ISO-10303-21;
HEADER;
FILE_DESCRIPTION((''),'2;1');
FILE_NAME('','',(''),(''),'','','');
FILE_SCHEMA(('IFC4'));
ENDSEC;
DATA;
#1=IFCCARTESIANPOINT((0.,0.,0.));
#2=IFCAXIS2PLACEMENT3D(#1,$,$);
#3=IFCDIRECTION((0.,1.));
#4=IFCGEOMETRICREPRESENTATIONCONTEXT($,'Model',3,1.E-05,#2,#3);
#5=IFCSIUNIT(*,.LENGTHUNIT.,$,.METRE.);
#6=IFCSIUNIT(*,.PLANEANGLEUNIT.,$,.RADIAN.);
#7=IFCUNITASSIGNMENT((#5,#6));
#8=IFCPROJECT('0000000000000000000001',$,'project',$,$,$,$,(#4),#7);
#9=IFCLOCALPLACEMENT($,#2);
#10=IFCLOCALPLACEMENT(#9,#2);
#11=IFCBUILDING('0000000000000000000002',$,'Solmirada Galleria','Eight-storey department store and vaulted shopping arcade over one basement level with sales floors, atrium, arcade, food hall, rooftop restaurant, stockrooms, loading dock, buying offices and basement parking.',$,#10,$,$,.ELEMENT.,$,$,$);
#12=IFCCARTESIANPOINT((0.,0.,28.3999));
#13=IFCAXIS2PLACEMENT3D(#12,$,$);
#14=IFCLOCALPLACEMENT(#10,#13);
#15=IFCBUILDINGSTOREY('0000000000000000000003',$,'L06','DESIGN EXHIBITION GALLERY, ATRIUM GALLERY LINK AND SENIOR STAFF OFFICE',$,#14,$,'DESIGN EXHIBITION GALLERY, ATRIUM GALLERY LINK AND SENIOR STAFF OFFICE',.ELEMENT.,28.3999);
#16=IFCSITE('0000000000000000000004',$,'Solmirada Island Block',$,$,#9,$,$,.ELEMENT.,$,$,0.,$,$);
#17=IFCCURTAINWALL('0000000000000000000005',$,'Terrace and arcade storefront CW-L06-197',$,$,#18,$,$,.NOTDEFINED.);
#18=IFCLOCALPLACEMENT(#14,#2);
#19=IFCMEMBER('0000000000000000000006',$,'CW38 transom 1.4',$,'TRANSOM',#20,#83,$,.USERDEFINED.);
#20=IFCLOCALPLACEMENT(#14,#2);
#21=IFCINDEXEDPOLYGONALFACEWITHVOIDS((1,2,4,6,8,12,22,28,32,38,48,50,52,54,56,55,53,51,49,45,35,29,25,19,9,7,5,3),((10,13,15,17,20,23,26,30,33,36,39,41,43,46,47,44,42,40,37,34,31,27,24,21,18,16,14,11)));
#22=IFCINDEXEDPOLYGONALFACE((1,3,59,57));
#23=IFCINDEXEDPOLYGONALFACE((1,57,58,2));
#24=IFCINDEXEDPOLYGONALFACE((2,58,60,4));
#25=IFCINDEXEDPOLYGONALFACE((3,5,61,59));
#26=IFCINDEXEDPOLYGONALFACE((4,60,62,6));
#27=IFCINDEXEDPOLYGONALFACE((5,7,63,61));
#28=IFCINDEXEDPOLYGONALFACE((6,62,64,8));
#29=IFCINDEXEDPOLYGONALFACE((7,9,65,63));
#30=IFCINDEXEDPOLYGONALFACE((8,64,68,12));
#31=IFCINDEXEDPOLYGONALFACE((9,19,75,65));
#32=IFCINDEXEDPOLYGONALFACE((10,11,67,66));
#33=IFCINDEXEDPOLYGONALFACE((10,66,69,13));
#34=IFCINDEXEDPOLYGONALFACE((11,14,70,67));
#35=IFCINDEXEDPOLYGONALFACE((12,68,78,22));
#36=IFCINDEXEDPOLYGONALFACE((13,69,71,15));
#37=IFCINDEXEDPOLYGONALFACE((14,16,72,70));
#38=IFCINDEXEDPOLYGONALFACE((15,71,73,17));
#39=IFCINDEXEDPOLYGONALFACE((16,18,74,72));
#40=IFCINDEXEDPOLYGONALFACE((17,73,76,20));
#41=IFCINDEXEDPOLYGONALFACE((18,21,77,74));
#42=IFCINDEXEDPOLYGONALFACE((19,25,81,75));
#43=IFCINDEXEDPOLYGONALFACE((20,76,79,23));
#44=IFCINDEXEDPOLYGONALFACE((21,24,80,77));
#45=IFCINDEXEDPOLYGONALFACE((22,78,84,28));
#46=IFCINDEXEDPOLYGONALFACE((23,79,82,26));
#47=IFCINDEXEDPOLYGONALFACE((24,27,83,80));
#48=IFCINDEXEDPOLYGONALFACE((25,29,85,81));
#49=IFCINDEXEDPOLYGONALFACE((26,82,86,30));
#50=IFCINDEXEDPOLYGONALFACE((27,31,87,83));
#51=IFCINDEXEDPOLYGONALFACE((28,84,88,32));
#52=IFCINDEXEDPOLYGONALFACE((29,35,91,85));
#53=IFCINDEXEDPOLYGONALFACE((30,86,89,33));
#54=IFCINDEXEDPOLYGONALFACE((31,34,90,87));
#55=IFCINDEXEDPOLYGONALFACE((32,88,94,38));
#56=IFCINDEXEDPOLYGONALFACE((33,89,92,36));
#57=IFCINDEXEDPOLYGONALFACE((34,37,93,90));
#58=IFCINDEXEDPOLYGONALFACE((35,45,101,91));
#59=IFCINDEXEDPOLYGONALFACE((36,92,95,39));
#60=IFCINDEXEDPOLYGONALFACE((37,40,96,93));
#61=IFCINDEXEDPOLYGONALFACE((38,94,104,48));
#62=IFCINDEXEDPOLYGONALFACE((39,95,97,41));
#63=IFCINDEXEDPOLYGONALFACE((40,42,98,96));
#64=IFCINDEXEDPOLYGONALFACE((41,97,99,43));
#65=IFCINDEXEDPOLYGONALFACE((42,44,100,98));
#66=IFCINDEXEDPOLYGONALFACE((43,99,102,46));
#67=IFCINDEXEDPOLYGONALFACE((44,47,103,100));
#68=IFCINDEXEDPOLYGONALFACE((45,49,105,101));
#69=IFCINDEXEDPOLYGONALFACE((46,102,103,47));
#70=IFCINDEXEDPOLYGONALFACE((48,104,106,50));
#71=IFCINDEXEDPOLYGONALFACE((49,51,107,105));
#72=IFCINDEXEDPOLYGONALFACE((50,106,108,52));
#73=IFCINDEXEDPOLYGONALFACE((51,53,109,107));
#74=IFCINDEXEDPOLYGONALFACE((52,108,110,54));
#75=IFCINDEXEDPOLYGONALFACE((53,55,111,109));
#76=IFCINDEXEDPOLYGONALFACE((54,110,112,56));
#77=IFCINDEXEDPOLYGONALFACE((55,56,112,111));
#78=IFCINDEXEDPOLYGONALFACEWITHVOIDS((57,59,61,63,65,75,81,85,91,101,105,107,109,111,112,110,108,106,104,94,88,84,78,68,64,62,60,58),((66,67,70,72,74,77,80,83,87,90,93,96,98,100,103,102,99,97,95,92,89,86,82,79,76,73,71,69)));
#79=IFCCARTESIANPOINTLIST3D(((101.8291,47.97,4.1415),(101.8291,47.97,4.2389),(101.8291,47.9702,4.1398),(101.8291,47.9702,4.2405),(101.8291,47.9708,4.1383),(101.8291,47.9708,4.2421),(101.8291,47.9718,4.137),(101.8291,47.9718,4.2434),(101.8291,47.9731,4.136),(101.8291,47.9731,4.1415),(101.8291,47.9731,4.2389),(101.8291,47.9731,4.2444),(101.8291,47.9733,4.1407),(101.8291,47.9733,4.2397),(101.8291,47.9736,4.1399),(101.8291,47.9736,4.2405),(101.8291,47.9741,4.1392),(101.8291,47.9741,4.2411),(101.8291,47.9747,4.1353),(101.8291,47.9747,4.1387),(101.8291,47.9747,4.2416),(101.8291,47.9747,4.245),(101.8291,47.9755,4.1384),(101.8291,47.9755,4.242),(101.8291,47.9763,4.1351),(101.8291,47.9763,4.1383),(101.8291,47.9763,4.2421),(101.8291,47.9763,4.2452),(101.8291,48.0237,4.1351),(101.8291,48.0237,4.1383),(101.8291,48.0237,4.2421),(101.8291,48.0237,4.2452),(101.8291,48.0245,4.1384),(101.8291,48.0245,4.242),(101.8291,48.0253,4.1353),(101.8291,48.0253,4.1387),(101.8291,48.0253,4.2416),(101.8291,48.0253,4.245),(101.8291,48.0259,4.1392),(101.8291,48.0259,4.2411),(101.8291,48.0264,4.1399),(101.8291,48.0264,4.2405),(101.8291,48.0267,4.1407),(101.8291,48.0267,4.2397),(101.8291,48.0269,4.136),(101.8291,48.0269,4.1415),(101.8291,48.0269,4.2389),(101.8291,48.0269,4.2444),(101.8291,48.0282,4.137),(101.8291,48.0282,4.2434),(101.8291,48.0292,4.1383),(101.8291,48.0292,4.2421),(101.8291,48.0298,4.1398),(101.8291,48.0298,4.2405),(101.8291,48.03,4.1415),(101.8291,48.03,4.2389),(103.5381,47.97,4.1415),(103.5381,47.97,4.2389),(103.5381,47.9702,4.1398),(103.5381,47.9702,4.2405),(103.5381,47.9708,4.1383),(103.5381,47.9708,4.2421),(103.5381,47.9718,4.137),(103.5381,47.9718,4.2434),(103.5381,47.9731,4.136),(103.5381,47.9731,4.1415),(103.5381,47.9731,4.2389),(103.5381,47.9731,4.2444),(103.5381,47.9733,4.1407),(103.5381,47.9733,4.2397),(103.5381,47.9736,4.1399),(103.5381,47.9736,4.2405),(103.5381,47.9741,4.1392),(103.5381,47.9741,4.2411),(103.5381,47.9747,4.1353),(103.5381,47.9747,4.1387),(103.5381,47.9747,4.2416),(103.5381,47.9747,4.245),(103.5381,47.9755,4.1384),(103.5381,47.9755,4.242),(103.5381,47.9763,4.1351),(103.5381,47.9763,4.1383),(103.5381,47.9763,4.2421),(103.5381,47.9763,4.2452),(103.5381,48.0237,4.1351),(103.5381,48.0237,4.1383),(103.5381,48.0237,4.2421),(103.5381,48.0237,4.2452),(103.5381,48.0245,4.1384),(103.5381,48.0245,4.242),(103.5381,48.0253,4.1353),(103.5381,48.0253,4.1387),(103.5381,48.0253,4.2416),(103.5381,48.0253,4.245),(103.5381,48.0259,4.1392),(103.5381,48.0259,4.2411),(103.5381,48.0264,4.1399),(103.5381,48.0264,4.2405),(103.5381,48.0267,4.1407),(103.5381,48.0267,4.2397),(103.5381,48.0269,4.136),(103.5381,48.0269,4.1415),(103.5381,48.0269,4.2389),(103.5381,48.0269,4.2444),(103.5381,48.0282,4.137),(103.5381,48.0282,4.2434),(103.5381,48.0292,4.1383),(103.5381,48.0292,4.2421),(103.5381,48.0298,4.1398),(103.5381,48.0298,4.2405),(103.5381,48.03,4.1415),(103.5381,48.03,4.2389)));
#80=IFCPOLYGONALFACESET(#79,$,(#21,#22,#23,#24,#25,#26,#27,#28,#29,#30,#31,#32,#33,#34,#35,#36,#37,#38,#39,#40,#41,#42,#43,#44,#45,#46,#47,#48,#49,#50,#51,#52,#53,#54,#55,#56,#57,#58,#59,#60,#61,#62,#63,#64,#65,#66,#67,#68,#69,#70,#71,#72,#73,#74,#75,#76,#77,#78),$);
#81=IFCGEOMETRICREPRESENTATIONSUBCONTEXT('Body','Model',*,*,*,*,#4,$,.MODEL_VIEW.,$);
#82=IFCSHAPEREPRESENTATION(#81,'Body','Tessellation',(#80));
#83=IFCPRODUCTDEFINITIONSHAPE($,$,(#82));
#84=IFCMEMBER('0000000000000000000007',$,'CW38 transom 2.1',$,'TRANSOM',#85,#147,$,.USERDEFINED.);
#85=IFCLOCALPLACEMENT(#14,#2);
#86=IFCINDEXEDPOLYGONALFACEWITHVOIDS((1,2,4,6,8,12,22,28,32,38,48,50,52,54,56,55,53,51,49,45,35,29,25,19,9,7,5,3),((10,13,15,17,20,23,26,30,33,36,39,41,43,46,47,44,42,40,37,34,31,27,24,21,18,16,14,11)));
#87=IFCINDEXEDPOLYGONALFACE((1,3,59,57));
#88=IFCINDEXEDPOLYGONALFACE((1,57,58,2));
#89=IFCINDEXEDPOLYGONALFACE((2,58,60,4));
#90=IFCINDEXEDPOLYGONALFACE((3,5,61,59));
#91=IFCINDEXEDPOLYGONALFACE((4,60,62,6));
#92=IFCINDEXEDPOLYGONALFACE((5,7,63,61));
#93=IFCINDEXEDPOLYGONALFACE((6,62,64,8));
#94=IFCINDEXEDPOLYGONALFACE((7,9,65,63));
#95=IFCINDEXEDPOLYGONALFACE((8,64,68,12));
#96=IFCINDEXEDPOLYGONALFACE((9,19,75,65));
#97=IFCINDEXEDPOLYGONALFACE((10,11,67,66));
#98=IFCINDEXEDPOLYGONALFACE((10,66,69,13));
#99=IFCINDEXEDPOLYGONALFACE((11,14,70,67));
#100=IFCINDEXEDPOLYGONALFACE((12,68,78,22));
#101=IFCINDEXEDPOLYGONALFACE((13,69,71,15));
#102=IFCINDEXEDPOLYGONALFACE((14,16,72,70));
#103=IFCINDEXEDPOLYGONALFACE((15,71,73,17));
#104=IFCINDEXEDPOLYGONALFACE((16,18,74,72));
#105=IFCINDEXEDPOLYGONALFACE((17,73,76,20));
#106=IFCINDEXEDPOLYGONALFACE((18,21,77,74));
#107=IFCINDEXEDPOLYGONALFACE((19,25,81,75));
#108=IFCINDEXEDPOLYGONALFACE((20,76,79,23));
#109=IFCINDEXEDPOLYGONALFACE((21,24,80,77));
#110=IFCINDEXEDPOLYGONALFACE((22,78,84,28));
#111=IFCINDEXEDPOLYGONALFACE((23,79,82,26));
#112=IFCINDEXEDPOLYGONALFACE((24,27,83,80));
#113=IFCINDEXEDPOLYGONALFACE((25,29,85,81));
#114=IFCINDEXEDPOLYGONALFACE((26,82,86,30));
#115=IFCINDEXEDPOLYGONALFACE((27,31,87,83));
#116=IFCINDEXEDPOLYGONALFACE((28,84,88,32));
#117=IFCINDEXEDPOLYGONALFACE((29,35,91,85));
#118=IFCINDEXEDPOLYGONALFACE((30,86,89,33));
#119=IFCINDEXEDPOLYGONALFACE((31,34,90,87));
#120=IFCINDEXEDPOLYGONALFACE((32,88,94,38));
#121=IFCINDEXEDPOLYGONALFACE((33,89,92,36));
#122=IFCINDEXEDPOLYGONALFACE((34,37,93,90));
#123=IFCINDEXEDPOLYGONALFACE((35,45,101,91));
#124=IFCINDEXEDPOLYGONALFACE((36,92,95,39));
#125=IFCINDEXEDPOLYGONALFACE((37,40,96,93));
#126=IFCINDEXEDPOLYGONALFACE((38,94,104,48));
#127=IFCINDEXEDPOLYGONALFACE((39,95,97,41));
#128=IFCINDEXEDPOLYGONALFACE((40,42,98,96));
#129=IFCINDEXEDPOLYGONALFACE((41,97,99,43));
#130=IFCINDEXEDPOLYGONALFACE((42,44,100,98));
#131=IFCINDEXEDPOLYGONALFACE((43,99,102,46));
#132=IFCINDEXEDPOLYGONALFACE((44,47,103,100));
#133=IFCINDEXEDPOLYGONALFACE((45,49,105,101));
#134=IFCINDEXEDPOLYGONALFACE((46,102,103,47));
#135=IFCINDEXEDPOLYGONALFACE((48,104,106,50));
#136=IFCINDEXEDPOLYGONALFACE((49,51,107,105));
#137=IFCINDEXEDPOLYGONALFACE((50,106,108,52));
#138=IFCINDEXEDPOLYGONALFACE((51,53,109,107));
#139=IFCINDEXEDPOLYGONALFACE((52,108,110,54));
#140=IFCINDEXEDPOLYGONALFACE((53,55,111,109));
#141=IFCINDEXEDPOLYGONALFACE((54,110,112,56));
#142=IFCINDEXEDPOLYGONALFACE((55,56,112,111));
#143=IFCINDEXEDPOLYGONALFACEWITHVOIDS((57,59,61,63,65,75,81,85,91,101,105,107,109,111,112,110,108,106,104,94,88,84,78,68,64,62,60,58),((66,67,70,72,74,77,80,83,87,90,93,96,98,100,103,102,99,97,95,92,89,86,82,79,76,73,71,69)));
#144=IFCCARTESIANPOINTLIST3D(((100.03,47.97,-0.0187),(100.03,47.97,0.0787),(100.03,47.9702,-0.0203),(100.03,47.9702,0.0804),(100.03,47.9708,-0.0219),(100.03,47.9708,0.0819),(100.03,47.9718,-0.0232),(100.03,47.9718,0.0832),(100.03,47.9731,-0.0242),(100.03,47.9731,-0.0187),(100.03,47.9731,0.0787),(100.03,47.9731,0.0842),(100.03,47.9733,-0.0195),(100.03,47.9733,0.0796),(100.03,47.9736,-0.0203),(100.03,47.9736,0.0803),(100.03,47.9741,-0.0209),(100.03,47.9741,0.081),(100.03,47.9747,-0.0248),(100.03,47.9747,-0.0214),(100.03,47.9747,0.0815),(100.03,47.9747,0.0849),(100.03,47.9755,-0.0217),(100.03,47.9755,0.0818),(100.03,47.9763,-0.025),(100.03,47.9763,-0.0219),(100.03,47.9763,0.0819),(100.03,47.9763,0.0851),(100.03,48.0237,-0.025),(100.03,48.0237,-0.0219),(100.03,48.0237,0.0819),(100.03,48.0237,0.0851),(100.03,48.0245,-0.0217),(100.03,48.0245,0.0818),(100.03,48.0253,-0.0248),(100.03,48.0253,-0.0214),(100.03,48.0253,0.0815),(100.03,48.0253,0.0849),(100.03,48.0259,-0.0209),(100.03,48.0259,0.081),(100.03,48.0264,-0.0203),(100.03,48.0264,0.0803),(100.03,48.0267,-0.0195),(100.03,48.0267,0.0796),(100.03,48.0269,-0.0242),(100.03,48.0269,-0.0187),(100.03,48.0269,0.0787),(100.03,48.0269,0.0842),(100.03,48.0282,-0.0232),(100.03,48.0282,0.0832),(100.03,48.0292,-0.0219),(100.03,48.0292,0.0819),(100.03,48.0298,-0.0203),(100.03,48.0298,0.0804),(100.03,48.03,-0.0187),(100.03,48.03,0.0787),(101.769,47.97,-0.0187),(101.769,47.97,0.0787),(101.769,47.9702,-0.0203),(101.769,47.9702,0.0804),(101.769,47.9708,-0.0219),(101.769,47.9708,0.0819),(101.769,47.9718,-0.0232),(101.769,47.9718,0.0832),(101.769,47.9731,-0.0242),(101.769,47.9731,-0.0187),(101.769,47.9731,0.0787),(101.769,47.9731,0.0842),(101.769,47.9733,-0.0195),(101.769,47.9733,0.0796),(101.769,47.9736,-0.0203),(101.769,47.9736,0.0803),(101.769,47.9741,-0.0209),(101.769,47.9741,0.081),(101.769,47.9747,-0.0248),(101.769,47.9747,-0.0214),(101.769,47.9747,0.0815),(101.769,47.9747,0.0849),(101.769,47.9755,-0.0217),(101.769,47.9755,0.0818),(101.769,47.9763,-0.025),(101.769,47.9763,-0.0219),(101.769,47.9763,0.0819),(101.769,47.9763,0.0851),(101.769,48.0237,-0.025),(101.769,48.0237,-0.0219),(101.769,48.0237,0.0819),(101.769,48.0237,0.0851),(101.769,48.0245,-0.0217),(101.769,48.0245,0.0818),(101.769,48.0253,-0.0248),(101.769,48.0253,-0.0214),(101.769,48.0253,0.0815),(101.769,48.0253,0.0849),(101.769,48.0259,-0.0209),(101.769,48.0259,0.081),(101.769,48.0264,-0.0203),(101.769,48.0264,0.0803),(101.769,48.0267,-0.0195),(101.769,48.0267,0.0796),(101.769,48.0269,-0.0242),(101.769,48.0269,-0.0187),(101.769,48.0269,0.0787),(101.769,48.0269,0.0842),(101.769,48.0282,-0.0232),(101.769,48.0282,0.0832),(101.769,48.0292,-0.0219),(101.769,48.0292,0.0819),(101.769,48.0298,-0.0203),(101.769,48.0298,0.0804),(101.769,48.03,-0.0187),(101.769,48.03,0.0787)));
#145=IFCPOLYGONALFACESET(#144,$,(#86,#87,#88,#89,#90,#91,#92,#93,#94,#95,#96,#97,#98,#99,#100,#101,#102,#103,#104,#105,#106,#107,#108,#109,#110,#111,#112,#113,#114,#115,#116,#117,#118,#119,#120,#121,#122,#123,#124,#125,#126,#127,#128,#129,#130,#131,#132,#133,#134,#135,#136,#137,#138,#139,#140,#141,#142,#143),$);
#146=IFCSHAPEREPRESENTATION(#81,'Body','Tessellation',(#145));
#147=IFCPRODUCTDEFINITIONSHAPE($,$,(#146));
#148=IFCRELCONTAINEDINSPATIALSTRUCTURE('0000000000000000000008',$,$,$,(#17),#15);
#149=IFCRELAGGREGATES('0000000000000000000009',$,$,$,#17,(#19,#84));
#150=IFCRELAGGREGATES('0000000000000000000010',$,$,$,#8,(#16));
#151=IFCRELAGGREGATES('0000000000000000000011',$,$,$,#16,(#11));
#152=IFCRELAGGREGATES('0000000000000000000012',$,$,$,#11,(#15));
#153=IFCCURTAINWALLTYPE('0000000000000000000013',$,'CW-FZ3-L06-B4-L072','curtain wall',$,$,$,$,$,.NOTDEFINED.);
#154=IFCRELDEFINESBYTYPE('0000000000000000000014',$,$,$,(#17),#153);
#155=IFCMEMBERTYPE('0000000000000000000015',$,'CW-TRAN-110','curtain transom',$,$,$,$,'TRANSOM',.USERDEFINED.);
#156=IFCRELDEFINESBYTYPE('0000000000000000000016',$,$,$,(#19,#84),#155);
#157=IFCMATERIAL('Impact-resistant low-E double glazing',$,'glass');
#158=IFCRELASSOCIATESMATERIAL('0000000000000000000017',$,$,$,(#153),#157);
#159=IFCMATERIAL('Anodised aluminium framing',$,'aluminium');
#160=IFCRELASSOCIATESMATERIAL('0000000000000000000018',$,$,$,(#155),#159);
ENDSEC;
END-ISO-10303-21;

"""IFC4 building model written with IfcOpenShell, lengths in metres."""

from ifc_helpers import new_model, si_unit, direction, frame, origin, origin_2d, place, context, subcontext, project, spatial, hollow_rectangle, extrude, material, material_profile, profile_set, type_object, element, aggregate, save


model = new_model("IFC4")

# Units and contexts
model_context = context("Model", 3, precision=1e-05, world=origin(), true_north=direction((0.0, 1.0)))
body_context = subcontext(model_context, "Body", "Model", "MODEL_VIEW")
ifc_project = project(units=[si_unit("LENGTHUNIT", "METRE"), si_unit("PLANEANGLEUNIT", "RADIAN")], contexts=[model_context])

# Site, building, storey
site_placement = place(None, origin())
site = spatial("IfcSite", under=ifc_project, at=site_placement, Name="Solmirada Island Block", CompositionType="ELEMENT", RefElevation=0.0)
building_placement = place(site_placement, origin())
building = spatial("IfcBuilding", under=site, at=building_placement, Name="Solmirada Galleria", Description="Eight-storey department store and vaulted shopping arcade over one basement level with sales floors, atrium, arcade, food hall, rooftop restaurant, stockrooms, loading dock, buying offices and basement parking.", CompositionType="ELEMENT")
storey_placement = place(building_placement, frame((0.0, 0.0, 28.3999)))
storey = spatial("IfcBuildingStorey", under=building, at=storey_placement, Name="L06", Description="DESIGN EXHIBITION GALLERY, ATRIUM GALLERY LINK AND SENIOR STAFF OFFICE", LongName="DESIGN EXHIBITION GALLERY, ATRIUM GALLERY LINK AND SENIOR STAFF OFFICE", CompositionType="ELEMENT", Elevation=28.3999)

# Shared definitions
ifc_material_1 = material(Name="Impact-resistant low-E double glazing", Category="glass")
curtain_wall_type = type_object("IfcCurtainWallType", Name="CW-FZ3-L06-B4-L072", Description="curtain wall", PredefinedType="NOTDEFINED", material=ifc_material_1)
ifc_material_2 = material(Name="Anodised aluminium framing", Category="aluminium")

# Curtain wall, members
curtain_wall_1_placement = place(storey_placement, origin())
curtain_wall_1 = element("IfcCurtainWall", 1, at=curtain_wall_1_placement, inside=storey, type_object=curtain_wall_type, Name="Terrace and arcade storefront CW-L06-197", PredefinedType="NOTDEFINED")
ifc_material_profile_1 = material_profile(ifc_material_2, hollow_rectangle(XDim=0.0601, YDim=0.1101, WallThickness=0.0032, InnerFilletRadius=0.0032, OuterFilletRadius=0.0063, at=origin_2d()), Name="ALU-TRAN-110X60")
ifc_profile_set_1 = profile_set([ifc_material_profile_1], Name="Anodised aluminium framing")
member_type_1 = type_object("IfcMemberType", Name="CW-TRAN-110", Description="curtain transom", ElementType="TRANSOM", PredefinedType="USERDEFINED", material=ifc_profile_set_1)
member_1_placement = place(storey_placement, frame((103.5381, 48.0, 4.1902), z_axis=(-1.0, 0.0, 0.0), x_axis=(0.0, -1.0, 0.0)))
member_1 = element("IfcMember", 2, at=member_1_placement, type_object=member_type_1, Name="CW38 transom 1.4", ObjectType="TRANSOM", PredefinedType="USERDEFINED", context=body_context, shape_type="SweptSolid", body=[
    extrude(hollow_rectangle(XDim=0.0601, YDim=0.1101, WallThickness=0.0032, InnerFilletRadius=0.0032, OuterFilletRadius=0.0063, at=origin_2d()), origin(), (0.0, 0.0, 1.0), 1.709),
])
member_2_placement = place(storey_placement, frame((101.769, 48.0, 0.03), z_axis=(-1.0, 0.0, 0.0), x_axis=(0.0, -1.0, 0.0)))
member_2 = element("IfcMember", 3, at=member_2_placement, type_object=member_type_1, Name="CW38 transom 2.1", ObjectType="TRANSOM", PredefinedType="USERDEFINED", context=body_context, shape_type="SweptSolid", body=[
    extrude(hollow_rectangle(XDim=0.0601, YDim=0.1101, WallThickness=0.0032, InnerFilletRadius=0.0032, OuterFilletRadius=0.0063, at=origin_2d()), origin(), (0.0, 0.0, 1.0), 1.739),
])

aggregate(curtain_wall_1, [member_1, member_2])

save(model, "model.ifc")
